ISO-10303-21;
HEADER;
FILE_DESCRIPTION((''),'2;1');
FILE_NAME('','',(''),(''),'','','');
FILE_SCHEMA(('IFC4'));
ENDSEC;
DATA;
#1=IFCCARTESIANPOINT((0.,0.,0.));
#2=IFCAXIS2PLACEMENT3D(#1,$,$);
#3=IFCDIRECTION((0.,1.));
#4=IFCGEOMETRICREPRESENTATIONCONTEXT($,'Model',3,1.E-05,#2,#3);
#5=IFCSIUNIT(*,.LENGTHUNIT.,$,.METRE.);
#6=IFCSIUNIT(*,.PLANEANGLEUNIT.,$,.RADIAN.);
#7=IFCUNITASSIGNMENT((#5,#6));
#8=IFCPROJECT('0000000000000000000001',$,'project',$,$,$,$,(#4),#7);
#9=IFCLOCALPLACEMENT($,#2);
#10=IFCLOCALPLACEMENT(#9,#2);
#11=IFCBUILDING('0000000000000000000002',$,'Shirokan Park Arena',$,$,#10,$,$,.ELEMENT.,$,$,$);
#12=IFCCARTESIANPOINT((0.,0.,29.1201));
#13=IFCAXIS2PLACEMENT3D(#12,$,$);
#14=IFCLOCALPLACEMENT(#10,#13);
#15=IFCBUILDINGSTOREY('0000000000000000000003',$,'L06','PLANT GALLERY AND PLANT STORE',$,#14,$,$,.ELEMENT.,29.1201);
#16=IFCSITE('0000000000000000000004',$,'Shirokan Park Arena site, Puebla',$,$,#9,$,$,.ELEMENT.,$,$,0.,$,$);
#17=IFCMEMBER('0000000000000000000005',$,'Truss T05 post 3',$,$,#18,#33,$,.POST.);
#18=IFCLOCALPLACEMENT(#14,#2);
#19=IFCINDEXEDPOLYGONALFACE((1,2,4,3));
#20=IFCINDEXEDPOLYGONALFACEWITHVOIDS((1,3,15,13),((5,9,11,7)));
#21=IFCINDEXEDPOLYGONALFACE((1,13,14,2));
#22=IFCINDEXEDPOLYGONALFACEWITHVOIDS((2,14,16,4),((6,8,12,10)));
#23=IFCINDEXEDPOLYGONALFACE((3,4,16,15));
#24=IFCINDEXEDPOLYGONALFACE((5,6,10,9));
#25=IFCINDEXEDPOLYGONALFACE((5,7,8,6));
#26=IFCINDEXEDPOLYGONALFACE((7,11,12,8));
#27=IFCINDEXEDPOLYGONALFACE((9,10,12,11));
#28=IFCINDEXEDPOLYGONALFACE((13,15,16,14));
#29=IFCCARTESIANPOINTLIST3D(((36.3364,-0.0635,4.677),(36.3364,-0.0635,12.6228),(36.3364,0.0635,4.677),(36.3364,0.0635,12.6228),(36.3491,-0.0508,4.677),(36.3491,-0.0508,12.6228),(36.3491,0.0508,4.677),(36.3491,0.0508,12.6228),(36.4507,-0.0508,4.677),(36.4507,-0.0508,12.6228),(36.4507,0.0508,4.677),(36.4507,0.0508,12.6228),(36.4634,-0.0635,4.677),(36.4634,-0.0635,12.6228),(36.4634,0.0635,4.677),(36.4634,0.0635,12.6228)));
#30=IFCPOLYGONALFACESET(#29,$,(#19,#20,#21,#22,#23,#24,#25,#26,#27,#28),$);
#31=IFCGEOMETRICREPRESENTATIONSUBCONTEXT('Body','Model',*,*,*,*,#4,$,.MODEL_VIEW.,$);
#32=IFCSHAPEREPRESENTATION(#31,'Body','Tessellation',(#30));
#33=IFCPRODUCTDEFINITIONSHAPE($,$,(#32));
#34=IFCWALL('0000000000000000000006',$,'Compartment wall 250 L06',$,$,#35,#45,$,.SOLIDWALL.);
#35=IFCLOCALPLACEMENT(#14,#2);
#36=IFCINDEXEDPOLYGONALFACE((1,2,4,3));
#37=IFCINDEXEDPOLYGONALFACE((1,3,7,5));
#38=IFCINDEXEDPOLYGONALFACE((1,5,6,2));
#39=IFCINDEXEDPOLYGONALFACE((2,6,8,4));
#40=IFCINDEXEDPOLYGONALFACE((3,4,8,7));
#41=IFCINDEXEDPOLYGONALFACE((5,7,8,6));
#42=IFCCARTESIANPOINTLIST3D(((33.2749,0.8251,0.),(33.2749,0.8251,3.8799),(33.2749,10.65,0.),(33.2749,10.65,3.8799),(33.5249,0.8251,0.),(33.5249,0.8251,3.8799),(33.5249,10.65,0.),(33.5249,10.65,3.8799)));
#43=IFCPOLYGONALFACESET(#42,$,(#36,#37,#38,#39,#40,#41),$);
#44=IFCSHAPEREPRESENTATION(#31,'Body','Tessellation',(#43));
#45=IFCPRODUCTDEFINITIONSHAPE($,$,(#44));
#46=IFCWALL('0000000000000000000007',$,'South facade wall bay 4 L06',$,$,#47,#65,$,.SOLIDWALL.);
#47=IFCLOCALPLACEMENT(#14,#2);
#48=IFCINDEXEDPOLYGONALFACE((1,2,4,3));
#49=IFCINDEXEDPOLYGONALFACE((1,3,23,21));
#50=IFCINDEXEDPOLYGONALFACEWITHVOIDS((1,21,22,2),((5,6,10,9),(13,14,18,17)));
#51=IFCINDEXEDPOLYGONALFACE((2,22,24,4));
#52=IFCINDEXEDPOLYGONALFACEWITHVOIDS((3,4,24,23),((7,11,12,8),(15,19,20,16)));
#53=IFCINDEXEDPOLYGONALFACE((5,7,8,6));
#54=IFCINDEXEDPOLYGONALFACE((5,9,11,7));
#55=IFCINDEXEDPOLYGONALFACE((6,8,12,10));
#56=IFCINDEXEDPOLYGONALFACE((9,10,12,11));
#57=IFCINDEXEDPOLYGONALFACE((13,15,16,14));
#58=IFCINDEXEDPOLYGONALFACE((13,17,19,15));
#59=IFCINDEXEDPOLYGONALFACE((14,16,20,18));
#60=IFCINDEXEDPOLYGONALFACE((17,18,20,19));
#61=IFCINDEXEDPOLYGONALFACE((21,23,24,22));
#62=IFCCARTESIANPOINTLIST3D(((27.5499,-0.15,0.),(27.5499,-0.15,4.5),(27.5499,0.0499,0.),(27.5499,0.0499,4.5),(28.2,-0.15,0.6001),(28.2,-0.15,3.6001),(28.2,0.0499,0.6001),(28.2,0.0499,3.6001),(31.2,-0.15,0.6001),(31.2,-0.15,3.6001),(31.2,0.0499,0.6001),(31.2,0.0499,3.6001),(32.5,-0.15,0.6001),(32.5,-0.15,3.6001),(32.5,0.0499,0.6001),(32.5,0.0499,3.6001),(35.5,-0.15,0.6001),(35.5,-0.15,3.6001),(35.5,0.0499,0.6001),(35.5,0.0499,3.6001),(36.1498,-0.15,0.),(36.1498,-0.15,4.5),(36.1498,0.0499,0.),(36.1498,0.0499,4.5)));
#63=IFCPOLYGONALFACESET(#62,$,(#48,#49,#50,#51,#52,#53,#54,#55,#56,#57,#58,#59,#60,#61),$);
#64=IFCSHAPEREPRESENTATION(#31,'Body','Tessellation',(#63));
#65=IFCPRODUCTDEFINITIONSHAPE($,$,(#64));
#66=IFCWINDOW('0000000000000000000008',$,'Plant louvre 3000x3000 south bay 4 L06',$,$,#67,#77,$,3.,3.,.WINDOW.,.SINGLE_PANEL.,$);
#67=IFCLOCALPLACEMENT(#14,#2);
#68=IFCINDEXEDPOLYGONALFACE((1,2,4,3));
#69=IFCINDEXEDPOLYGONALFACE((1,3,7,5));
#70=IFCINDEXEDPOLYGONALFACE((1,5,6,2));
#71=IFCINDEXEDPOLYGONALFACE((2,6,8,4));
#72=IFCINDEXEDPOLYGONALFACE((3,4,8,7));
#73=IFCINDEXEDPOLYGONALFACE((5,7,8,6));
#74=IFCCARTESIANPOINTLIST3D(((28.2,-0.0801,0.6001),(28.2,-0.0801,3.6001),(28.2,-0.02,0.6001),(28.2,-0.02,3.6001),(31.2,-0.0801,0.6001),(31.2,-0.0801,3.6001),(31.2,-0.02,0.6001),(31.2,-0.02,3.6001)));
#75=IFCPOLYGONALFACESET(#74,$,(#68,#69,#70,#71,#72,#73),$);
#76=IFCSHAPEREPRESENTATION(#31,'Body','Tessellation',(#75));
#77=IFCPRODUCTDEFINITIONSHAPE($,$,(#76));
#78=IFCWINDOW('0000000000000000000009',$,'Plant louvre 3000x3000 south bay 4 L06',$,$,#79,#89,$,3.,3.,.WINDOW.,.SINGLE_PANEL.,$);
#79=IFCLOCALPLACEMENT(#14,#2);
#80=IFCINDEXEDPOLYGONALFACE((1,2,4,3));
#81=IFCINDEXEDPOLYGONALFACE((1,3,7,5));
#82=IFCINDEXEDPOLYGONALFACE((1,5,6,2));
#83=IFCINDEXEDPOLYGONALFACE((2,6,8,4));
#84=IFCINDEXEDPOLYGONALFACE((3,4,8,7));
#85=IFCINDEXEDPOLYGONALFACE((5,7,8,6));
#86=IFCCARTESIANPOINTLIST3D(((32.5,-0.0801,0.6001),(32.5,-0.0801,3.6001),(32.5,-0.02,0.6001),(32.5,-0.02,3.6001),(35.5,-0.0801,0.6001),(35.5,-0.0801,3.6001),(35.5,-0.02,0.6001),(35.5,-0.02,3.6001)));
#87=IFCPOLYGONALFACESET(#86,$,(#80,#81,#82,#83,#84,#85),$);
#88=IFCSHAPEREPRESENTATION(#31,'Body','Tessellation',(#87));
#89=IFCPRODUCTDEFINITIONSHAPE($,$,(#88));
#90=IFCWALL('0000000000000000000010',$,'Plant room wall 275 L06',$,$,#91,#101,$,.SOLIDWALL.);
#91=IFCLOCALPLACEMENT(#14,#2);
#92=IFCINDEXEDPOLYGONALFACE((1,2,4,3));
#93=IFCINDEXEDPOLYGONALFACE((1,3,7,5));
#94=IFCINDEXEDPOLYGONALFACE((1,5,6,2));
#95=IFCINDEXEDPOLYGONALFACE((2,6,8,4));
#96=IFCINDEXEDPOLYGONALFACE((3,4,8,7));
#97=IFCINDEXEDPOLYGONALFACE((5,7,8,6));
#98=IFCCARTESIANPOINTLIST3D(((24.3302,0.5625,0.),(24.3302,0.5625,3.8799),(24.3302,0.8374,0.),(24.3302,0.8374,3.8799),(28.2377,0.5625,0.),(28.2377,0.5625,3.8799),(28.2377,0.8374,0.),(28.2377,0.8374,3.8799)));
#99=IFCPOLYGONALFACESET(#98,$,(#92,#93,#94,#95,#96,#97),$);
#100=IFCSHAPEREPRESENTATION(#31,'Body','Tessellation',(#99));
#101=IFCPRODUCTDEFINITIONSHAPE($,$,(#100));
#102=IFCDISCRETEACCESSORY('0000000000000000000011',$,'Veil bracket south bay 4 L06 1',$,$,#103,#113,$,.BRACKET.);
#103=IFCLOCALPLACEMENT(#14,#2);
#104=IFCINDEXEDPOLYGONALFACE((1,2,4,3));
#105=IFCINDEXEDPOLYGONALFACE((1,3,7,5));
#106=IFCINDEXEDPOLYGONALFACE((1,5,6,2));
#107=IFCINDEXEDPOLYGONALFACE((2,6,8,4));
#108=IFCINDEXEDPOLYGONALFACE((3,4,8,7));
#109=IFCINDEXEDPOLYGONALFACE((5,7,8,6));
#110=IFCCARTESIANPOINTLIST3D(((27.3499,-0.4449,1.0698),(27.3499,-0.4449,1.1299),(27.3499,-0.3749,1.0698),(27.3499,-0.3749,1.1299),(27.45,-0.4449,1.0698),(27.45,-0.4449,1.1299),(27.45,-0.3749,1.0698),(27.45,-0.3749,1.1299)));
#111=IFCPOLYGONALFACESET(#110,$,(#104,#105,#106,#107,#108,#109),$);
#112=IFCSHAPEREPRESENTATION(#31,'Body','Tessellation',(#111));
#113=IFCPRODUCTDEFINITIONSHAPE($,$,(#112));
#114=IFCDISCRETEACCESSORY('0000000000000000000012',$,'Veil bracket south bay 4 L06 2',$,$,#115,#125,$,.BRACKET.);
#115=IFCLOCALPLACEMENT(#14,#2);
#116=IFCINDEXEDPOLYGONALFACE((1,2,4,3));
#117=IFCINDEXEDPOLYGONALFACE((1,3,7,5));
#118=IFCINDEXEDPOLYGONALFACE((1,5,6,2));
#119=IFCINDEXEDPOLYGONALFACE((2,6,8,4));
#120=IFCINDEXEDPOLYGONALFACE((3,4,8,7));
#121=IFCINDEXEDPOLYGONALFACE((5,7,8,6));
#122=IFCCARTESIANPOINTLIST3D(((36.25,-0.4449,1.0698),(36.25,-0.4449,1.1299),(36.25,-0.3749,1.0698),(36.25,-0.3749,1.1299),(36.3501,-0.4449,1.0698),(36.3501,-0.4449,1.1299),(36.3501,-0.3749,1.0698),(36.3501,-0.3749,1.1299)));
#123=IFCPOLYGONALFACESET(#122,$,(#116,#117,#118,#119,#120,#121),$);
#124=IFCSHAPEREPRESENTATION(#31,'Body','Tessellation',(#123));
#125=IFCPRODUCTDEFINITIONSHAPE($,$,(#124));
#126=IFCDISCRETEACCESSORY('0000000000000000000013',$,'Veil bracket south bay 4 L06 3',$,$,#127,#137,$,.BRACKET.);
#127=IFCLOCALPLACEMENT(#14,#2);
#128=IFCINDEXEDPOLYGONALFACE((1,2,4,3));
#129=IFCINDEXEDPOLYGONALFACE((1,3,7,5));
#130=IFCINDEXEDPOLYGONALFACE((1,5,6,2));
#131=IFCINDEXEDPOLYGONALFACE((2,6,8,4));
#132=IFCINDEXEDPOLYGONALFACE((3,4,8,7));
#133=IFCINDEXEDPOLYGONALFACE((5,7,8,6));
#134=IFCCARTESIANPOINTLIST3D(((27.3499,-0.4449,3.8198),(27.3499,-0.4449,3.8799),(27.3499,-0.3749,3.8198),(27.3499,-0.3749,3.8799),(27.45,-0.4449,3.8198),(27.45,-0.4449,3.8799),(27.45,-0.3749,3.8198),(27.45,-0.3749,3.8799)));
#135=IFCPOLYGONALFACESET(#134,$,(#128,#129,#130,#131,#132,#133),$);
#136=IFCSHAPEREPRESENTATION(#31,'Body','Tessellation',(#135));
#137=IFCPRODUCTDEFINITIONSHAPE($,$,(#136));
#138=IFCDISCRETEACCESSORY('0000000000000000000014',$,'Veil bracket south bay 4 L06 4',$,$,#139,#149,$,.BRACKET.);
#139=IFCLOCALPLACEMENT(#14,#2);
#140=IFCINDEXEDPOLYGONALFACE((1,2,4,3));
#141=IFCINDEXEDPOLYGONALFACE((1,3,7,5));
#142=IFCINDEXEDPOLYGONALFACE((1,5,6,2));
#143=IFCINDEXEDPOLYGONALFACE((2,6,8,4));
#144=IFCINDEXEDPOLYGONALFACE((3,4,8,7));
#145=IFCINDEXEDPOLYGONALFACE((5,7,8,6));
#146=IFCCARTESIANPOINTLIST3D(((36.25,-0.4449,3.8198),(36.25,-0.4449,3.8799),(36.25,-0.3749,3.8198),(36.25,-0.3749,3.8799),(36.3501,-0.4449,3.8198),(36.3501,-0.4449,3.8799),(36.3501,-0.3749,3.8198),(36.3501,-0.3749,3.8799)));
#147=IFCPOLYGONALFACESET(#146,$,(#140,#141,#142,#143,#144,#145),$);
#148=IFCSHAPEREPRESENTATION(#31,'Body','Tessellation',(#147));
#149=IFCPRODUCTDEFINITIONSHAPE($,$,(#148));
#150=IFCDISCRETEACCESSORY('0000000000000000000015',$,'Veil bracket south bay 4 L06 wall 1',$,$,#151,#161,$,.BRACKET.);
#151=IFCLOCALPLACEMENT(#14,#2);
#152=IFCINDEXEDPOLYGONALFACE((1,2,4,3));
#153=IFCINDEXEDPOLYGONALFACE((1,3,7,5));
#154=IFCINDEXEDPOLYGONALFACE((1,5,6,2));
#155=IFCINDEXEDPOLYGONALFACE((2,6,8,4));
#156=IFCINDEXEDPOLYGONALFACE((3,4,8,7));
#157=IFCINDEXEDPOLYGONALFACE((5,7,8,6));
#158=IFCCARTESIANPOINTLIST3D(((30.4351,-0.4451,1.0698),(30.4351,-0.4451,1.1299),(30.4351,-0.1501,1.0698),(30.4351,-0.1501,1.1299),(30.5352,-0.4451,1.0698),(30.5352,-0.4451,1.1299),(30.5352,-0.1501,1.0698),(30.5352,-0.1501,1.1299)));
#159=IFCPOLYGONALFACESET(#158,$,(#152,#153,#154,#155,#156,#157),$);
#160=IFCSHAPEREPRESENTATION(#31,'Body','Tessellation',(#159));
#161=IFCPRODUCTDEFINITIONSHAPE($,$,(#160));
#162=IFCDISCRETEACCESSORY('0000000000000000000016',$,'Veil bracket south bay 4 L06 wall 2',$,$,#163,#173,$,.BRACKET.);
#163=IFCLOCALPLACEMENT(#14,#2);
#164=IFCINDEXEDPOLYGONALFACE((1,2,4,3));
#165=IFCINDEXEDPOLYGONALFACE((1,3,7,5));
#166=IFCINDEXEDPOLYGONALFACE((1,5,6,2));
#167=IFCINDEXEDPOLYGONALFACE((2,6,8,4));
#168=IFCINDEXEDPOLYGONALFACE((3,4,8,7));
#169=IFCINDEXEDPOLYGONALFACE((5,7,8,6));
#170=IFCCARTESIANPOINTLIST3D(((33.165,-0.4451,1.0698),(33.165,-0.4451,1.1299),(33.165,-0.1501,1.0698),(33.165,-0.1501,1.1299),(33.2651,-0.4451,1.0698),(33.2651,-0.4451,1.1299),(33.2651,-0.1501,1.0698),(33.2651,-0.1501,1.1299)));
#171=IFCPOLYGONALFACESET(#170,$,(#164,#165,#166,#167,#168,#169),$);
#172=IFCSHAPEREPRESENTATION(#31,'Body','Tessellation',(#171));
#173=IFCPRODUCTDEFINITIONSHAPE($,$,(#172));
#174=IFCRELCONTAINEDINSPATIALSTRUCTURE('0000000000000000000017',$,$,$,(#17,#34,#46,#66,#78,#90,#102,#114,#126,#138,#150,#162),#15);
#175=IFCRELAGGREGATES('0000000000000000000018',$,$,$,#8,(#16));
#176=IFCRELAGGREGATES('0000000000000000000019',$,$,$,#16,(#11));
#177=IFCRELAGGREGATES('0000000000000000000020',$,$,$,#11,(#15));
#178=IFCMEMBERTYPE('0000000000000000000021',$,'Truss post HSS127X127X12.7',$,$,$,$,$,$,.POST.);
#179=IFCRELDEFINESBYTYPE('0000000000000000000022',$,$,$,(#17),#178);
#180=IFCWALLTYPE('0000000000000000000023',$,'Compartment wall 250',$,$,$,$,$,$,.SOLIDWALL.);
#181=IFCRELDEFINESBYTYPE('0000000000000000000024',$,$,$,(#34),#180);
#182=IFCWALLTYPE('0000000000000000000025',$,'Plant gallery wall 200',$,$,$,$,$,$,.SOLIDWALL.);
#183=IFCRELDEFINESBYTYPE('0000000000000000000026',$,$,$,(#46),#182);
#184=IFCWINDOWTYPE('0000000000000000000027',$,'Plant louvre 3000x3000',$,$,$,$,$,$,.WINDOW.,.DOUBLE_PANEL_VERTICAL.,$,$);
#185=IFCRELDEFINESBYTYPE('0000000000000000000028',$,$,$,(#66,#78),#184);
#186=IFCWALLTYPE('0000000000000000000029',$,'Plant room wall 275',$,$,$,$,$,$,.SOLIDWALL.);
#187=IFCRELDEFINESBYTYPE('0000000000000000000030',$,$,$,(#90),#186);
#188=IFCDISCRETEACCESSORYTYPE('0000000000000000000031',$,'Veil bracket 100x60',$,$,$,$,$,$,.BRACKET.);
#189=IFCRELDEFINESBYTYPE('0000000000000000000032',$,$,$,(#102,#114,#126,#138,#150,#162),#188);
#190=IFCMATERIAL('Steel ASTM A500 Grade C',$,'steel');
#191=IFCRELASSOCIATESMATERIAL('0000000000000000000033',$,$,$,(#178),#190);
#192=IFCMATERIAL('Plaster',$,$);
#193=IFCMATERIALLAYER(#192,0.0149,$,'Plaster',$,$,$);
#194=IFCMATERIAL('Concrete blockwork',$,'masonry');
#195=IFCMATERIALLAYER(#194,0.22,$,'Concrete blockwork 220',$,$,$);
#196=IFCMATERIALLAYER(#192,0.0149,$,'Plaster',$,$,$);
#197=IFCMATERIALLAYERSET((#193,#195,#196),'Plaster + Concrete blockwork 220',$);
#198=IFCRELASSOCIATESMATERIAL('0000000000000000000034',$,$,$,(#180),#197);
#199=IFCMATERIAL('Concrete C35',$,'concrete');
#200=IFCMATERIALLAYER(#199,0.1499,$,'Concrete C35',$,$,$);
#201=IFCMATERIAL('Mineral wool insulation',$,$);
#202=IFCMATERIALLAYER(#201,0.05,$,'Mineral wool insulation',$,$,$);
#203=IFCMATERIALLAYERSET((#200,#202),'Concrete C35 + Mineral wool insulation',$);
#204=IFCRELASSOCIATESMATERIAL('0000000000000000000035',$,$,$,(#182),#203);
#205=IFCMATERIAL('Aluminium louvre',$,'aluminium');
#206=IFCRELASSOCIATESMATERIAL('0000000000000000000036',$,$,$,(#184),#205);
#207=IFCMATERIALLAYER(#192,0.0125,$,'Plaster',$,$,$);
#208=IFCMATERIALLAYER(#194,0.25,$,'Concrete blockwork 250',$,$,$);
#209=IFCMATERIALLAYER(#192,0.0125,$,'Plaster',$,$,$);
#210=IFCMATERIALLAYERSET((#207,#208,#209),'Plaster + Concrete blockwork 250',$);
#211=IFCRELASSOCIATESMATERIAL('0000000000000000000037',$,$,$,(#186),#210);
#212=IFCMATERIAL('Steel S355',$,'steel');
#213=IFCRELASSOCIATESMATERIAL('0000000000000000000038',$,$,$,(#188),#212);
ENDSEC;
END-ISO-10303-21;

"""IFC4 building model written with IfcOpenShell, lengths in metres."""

from ifc_helpers import new_model, si_unit, direction, frame, frame_2d, origin, origin_2d, place, context, subcontext, project, spatial, rectangle, hollow_rectangle, extrude, material, layer, layer_set, material_profile, profile_set, type_object, element, fill, save


model = new_model("IFC4")

# Units and contexts
model_context = context("Model", 3, precision=1e-05, world=origin(), true_north=direction((0.0, 1.0)))
body_context = subcontext(model_context, "Body", "Model", "MODEL_VIEW")
ifc_project = project(units=[si_unit("LENGTHUNIT", "METRE"), si_unit("PLANEANGLEUNIT", "RADIAN")], contexts=[model_context])

# Site, building, storey
site_placement = place(None, origin())
site = spatial("IfcSite", under=ifc_project, at=site_placement, Name="Shirokan Park Arena site, Puebla", CompositionType="ELEMENT", RefElevation=0.0)
building_placement = place(site_placement, origin())
building = spatial("IfcBuilding", under=site, at=building_placement, Name="Shirokan Park Arena", CompositionType="ELEMENT")
storey_placement = place(building_placement, frame((0.0, 0.0, 29.1201)))
storey = spatial("IfcBuildingStorey", under=building, at=storey_placement, Name="L06", Description="PLANT GALLERY AND PLANT STORE", CompositionType="ELEMENT", Elevation=29.1201)

# Shared definitions
ifc_material_1 = material(Name="Concrete C35", Category="concrete")

# Shared definitions
ifc_material_2 = material(Name="Steel ASTM A500 Grade C", Category="steel")

# Member
ifc_material_profile_1 = material_profile(ifc_material_2, hollow_rectangle(XDim=0.127, YDim=0.127, WallThickness=0.0127, at=origin_2d()), Name="HSS127X127X12.7")
ifc_profile_set_1 = profile_set([ifc_material_profile_1], Name="Steel ASTM A500 Grade C")
member_type_1 = type_object("IfcMemberType", Name="Truss post HSS127X127X12.7", PredefinedType="POST", material=ifc_profile_set_1)
for number, where, z_axis, x_axis, name in (
    (1, (36.3999, 0.0, 4.677), (0.0, 0.0, 1.0), (1.0, 0.0, 0.0), "Truss T05 post 3"),
):
    element("IfcMember", number, at=place(storey_placement, frame(where, z_axis=z_axis, x_axis=x_axis)), inside=storey, type_object=member_type_1, Name=name, PredefinedType="POST", context=body_context, shape_type="SweptSolid", body=[
        extrude(hollow_rectangle(XDim=0.127, YDim=0.127, WallThickness=0.0127, at=origin_2d()), origin(), (0.0, 0.0, 1.0), 7.9458),
    ])

# Wall
ifc_material_3 = material(Name="Plaster")
ifc_layer_1 = layer(ifc_material_3, 0.0149, Name="Plaster")
ifc_material_4 = material(Name="Concrete blockwork", Category="masonry")
ifc_layer_2 = layer(ifc_material_4, 0.22, Name="Concrete blockwork 220")
ifc_layer_3 = layer(ifc_material_3, 0.0149, Name="Plaster")
ifc_layer_set_1 = layer_set([ifc_layer_1, ifc_layer_2, ifc_layer_3], Name="Plaster + Concrete blockwork 220")
wall_type_1 = type_object("IfcWallType", Name="Compartment wall 250", PredefinedType="SOLIDWALL", material=ifc_layer_set_1)
wall_1_placement = place(storey_placement, frame((33.3999, 0.825, 0.0), z_axis=(0.0, 0.0, 1.0), x_axis=(0.0, 1.0, 0.0)))
element("IfcWall", 2, at=wall_1_placement, inside=storey, type_object=wall_type_1, Name="Compartment wall 250 L06", PredefinedType="SOLIDWALL", context=body_context, shape_type="SweptSolid", body=[
    extrude(rectangle(XDim=9.825, YDim=0.25, at=frame_2d((4.9126, 0.0))), origin(), (0.0, 0.0, 1.0), 3.8799),
])

# Wall, openings, windows
ifc_layer_4 = layer(ifc_material_1, 0.1499, Name="Concrete C35")
ifc_material_5 = material(Name="Mineral wool insulation")
ifc_layer_5 = layer(ifc_material_5, 0.05, Name="Mineral wool insulation")
ifc_layer_set_2 = layer_set([ifc_layer_4, ifc_layer_5], Name="Concrete C35 + Mineral wool insulation")
wall_type_2 = type_object("IfcWallType", Name="Plant gallery wall 200", PredefinedType="SOLIDWALL", material=ifc_layer_set_2)
wall_2_placement = place(storey_placement, frame((27.55, -0.05, 0.0), z_axis=(0.0, 0.0, 1.0), x_axis=(1.0, 0.0, 0.0)))
wall_2 = element("IfcWall", 3, at=wall_2_placement, inside=storey, type_object=wall_type_2, Name="South facade wall bay 4 L06", PredefinedType="SOLIDWALL", context=body_context, shape_type="SweptSolid", body=[
    extrude(rectangle(XDim=8.5999, YDim=0.2, at=frame_2d((4.2998, 0.0))), origin(), (0.0, 0.0, 1.0), 4.5),
])
opening_1_placement = place(wall_2_placement, frame((0.6499, 0.0, 0.6001)))
opening_1 = element("IfcOpeningElement", 4, at=opening_1_placement, cuts=wall_2, PredefinedType="OPENING", context=body_context, shape_type="SweptSolid", body=[
    extrude(rectangle(XDim=3.0, YDim=3.0, at=frame_2d((1.5, 1.5))), frame((0.0, 0.1099, 0.0), z_axis=(0.0, -1.0, 0.0), x_axis=(1.0, 0.0, 0.0)), (0.0, 0.0, 1.0), 0.22),
])
opening_2_placement = place(wall_2_placement, frame((4.95, 0.0, 0.6001)))
opening_2 = element("IfcOpeningElement", 5, at=opening_2_placement, cuts=wall_2, PredefinedType="OPENING", context=body_context, shape_type="SweptSolid", body=[
    extrude(rectangle(XDim=3.0, YDim=3.0, at=frame_2d((1.5, 1.5))), frame((0.0, 0.1099, 0.0), z_axis=(0.0, -1.0, 0.0), x_axis=(1.0, 0.0, 0.0)), (0.0, 0.0, 1.0), 0.22),
])
ifc_material_6 = material(Name="Aluminium louvre", Category="aluminium")
window_type = type_object("IfcWindowType", Name="Plant louvre 3000x3000", PartitioningType="DOUBLE_PANEL_VERTICAL", PredefinedType="WINDOW", material=ifc_material_6)
window_1_placement = place(opening_1_placement, origin())
window_1 = element("IfcWindow", 6, at=window_1_placement, inside=storey, type_object=window_type, Name="Plant louvre 3000x3000 south bay 4 L06", OverallHeight=3.0, OverallWidth=3.0, PartitioningType="SINGLE_PANEL", PredefinedType="WINDOW", context=body_context, shape_type="SweptSolid", body=[
    extrude(rectangle(XDim=3.0, YDim=3.0, at=frame_2d((1.5, 1.5))), frame((0.0, 0.03, 0.0), z_axis=(0.0, -1.0, 0.0), x_axis=(1.0, 0.0, 0.0)), (0.0, 0.0, 1.0), 0.0601),
])
fill(opening_1, window_1)
window_2_placement = place(opening_2_placement, origin())
window_2 = element("IfcWindow", 7, at=window_2_placement, inside=storey, type_object=window_type, Name="Plant louvre 3000x3000 south bay 4 L06", OverallHeight=3.0, OverallWidth=3.0, PartitioningType="SINGLE_PANEL", PredefinedType="WINDOW", context=body_context, shape_type="SweptSolid", body=[
    extrude(rectangle(XDim=3.0, YDim=3.0, at=frame_2d((1.5, 1.5))), frame((0.0, 0.03, 0.0), z_axis=(0.0, -1.0, 0.0), x_axis=(1.0, 0.0, 0.0)), (0.0, 0.0, 1.0), 0.0601),
])
fill(opening_2, window_2)

# Wall
ifc_layer_6 = layer(ifc_material_3, 0.0125, Name="Plaster")
ifc_layer_7 = layer(ifc_material_4, 0.25, Name="Concrete blockwork 250")
ifc_layer_8 = layer(ifc_material_3, 0.0125, Name="Plaster")
ifc_layer_set_3 = layer_set([ifc_layer_6, ifc_layer_7, ifc_layer_8], Name="Plaster + Concrete blockwork 250")
wall_type_3 = type_object("IfcWallType", Name="Plant room wall 275", PredefinedType="SOLIDWALL", material=ifc_layer_set_3)
wall_3_placement = place(storey_placement, frame((28.2375, 0.7, 0.0), z_axis=(0.0, 0.0, 1.0), x_axis=(-1.0, 0.0, 0.0)))
element("IfcWall", 8, at=wall_3_placement, inside=storey, type_object=wall_type_3, Name="Plant room wall 275 L06", PredefinedType="SOLIDWALL", context=body_context, shape_type="SweptSolid", body=[
    extrude(rectangle(XDim=3.9075, YDim=0.2749, at=frame_2d((1.9536, 0.0))), origin(), (0.0, 0.0, 1.0), 3.8799),
])

# Discrete accessories
ifc_material_7 = material(Name="Steel S355", Category="steel")
discrete_accessory_type = type_object("IfcDiscreteAccessoryType", Name="Veil bracket 100x60", PredefinedType="BRACKET", material=ifc_material_7)
for number, where, z_axis, x_axis, name in (
    (9, (27.3999, -0.4099, 1.0698), (0.0, 0.0, 1.0), (1.0, 0.0, 0.0), "Veil bracket south bay 4 L06 1"),
    (10, (36.3, -0.4099, 1.0698), (0.0, 0.0, 1.0), (1.0, 0.0, 0.0), "Veil bracket south bay 4 L06 2"),
    (11, (27.3999, -0.4099, 3.8198), (0.0, 0.0, 1.0), (1.0, 0.0, 0.0), "Veil bracket south bay 4 L06 3"),
    (12, (36.3, -0.4099, 3.8198), (0.0, 0.0, 1.0), (1.0, 0.0, 0.0), "Veil bracket south bay 4 L06 4"),
):
    element("IfcDiscreteAccessory", number, at=place(storey_placement, frame(where, z_axis=z_axis, x_axis=x_axis)), inside=storey, type_object=discrete_accessory_type, Name=name, PredefinedType="BRACKET", context=body_context, shape_type="SweptSolid", body=[
        extrude(rectangle(XDim=0.1001, YDim=0.0701, at=origin_2d()), origin(), (0.0, 0.0, 1.0), 0.0601),
    ])
for number, where, z_axis, x_axis, name in (
    (13, (30.4851, -0.2976, 1.0698), (0.0, 0.0, 1.0), (1.0, 0.0, 0.0), "Veil bracket south bay 4 L06 wall 1"),
    (14, (33.2151, -0.2976, 1.0698), (0.0, 0.0, 1.0), (1.0, 0.0, 0.0), "Veil bracket south bay 4 L06 wall 2"),
):
    element("IfcDiscreteAccessory", number, at=place(storey_placement, frame(where, z_axis=z_axis, x_axis=x_axis)), inside=storey, type_object=discrete_accessory_type, Name=name, PredefinedType="BRACKET", context=body_context, shape_type="SweptSolid", body=[
        extrude(rectangle(XDim=0.1001, YDim=0.2949, at=origin_2d()), origin(), (0.0, 0.0, 1.0), 0.0601),
    ])

save(model, "model.ifc")
